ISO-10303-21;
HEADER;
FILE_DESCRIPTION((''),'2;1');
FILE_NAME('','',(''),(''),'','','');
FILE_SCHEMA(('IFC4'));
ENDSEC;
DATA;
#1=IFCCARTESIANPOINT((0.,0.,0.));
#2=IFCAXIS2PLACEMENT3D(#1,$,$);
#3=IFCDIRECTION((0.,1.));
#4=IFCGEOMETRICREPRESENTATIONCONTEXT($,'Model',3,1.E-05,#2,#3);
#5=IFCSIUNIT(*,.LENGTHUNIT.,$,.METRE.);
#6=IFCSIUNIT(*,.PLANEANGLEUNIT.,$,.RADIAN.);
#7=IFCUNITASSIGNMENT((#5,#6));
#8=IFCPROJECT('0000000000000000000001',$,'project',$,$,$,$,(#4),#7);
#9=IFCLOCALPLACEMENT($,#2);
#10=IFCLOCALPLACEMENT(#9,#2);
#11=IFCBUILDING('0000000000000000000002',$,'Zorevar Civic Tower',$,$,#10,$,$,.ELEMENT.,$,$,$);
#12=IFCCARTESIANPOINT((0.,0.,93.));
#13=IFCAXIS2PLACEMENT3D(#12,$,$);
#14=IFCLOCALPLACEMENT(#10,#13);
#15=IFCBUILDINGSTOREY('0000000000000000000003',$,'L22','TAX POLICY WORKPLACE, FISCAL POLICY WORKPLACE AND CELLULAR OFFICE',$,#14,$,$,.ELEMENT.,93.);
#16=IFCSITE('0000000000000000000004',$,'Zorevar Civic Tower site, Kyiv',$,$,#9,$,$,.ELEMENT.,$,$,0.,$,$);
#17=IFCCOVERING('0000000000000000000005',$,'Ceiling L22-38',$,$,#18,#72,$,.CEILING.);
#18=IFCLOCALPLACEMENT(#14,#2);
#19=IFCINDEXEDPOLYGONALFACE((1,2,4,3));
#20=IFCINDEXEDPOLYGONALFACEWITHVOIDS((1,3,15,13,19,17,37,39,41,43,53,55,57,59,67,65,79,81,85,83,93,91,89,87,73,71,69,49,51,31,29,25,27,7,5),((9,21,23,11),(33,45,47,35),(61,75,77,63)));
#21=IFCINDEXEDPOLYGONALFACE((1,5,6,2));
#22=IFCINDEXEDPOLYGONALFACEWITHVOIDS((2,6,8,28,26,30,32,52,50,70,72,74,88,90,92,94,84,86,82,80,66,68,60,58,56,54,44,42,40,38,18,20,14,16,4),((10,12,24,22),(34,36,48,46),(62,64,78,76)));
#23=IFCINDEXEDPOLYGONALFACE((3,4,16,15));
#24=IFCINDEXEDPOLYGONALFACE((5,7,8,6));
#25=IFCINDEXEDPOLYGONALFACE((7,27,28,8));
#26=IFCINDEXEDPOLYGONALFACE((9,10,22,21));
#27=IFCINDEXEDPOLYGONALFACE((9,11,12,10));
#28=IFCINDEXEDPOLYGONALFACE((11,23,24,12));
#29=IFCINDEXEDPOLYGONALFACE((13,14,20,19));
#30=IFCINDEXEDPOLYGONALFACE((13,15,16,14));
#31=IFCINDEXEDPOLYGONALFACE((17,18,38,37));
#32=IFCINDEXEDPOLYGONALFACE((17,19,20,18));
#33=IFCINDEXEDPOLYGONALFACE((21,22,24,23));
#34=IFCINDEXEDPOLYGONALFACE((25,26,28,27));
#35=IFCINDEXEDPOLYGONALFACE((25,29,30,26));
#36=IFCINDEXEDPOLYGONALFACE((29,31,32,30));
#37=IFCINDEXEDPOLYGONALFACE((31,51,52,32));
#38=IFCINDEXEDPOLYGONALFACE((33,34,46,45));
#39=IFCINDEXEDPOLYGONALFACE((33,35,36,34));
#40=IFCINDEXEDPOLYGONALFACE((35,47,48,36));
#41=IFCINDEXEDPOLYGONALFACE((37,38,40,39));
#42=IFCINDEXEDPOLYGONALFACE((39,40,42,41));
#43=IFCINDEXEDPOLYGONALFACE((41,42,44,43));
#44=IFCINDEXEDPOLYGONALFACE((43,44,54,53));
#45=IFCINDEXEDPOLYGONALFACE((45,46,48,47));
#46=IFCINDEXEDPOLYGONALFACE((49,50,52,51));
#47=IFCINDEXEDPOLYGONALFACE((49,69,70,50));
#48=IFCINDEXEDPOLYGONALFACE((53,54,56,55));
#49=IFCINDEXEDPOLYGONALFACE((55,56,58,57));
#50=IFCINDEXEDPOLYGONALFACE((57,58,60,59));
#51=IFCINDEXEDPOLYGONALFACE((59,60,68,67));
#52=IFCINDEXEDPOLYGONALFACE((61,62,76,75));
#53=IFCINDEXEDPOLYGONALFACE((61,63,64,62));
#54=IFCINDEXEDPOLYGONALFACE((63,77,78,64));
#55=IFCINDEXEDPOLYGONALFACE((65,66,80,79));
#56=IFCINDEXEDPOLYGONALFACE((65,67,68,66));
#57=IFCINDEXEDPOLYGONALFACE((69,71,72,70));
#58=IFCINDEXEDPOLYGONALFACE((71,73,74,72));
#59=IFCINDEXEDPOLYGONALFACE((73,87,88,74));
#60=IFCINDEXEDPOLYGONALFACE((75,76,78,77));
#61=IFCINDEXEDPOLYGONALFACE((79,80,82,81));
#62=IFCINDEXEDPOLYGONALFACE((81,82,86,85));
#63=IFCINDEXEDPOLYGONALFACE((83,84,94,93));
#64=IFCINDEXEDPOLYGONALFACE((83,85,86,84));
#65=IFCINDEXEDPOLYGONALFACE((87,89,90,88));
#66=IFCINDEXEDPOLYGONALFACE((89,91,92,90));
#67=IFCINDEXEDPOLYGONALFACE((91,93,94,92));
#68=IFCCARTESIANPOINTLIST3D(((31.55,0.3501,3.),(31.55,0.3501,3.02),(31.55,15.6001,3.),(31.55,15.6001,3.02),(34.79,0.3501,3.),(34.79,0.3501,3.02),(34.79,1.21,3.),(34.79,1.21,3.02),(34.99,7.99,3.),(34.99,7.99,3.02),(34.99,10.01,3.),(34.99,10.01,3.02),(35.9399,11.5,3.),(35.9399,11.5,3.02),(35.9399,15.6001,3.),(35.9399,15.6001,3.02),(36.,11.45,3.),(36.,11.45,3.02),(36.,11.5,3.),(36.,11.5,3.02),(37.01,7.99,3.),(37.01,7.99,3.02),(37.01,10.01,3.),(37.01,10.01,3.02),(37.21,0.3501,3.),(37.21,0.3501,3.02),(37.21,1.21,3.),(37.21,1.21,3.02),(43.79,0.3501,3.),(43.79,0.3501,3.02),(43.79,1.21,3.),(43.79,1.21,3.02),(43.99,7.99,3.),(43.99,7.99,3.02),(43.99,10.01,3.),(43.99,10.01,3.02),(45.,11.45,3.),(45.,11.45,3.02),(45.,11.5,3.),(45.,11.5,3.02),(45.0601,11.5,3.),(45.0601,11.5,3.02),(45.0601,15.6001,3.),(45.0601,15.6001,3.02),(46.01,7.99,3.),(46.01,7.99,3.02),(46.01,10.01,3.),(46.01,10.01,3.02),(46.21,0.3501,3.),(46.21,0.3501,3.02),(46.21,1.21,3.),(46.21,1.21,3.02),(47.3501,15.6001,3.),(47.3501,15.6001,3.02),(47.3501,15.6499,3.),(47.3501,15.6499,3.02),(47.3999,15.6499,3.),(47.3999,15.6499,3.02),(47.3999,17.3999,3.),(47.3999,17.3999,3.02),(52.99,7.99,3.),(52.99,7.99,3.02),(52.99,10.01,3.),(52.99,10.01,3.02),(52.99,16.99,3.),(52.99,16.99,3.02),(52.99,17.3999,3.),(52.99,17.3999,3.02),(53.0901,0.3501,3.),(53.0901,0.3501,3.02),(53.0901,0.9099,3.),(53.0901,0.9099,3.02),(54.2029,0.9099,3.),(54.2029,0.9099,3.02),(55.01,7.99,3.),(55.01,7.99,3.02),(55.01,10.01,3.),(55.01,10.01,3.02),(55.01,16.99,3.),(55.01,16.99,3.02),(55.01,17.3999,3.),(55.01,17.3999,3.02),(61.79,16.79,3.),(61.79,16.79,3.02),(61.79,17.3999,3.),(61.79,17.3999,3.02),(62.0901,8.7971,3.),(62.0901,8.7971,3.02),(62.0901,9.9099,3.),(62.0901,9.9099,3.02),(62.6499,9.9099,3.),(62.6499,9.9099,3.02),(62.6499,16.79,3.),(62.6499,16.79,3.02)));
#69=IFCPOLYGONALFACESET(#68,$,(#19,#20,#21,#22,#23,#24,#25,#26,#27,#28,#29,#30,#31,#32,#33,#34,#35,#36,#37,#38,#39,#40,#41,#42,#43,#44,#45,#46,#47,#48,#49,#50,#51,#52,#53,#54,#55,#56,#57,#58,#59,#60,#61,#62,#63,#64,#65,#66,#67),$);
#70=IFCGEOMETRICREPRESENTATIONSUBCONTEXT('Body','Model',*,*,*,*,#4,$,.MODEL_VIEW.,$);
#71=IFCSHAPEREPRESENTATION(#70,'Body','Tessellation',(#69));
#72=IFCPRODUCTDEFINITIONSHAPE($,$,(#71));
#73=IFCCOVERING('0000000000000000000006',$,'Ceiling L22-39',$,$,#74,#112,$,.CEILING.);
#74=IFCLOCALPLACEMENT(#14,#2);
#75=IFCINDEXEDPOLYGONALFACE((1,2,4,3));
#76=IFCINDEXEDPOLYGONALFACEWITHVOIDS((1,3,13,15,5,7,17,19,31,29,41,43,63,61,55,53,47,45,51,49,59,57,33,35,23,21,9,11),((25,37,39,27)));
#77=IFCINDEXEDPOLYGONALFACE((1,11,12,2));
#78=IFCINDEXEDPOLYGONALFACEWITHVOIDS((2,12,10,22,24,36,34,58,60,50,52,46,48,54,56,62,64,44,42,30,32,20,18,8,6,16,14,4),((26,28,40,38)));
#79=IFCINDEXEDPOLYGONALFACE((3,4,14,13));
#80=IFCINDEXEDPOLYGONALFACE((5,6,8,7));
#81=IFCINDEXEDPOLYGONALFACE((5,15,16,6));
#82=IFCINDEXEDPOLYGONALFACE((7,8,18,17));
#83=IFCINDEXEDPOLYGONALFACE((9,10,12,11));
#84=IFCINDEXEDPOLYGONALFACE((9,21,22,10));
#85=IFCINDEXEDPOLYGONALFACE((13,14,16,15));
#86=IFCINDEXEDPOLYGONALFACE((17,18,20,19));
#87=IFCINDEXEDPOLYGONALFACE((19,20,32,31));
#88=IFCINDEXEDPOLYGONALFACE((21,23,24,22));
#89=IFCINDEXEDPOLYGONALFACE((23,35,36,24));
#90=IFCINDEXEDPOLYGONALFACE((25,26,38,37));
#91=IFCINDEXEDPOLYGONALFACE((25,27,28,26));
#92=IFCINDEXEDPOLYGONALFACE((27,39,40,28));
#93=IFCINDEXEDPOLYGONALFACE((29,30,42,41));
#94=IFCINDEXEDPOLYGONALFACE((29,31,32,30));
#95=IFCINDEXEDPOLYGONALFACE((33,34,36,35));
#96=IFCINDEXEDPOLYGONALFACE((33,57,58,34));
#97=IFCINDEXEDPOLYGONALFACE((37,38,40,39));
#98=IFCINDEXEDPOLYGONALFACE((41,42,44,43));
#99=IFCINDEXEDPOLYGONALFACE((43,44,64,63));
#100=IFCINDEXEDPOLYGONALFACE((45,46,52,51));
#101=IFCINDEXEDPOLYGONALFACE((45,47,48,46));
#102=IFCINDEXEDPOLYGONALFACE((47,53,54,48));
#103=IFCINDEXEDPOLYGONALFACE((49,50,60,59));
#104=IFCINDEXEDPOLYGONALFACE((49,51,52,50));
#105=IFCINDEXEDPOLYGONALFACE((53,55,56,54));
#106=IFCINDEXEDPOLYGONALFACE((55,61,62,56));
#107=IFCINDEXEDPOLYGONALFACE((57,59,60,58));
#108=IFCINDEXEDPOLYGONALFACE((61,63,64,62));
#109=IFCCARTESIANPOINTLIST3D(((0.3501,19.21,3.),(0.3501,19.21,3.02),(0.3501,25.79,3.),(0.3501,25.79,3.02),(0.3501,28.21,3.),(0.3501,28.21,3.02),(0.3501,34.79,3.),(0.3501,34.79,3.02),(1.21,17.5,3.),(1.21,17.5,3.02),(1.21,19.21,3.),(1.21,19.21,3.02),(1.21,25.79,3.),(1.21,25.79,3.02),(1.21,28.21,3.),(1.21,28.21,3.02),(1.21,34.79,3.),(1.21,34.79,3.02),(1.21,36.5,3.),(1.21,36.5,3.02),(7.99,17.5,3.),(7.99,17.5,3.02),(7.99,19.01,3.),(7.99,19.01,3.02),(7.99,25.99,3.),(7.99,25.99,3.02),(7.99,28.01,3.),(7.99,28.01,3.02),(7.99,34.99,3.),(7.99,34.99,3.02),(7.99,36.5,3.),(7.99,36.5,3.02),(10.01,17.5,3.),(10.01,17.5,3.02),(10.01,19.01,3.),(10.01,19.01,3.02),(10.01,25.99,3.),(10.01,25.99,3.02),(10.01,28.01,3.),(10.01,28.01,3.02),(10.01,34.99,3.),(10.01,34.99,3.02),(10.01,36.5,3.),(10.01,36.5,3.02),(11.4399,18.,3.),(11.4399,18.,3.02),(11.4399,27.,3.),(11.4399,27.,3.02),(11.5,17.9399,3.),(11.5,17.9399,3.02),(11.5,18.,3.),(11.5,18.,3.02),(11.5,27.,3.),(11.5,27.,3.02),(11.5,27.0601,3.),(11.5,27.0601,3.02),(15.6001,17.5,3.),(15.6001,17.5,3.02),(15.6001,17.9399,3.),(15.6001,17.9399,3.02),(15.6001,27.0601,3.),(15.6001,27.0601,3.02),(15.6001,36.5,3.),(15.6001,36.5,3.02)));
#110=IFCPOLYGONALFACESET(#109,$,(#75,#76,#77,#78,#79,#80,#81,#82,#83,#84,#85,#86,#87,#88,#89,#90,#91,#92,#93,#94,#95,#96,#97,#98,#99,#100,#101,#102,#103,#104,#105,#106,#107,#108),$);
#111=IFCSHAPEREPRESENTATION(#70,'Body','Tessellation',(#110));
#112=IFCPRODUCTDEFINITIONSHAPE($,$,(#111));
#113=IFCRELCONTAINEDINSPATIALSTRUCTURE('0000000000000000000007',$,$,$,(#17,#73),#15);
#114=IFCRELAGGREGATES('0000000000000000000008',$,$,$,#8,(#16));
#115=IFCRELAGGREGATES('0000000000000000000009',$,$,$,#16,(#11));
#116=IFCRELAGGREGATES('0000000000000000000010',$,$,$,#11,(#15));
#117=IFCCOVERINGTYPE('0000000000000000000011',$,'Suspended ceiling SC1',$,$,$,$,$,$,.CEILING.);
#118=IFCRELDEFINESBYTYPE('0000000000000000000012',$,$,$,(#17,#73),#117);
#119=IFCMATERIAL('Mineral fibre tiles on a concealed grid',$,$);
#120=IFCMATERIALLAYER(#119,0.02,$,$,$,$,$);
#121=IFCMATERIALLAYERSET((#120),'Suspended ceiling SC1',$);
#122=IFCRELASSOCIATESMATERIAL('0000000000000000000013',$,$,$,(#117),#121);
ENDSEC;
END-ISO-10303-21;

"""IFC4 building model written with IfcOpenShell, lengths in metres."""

from ifc_helpers import new_model, si_unit, direction, frame, origin, place, context, subcontext, project, spatial, polyline, outline, extrude, material, layer, layer_set, type_object, element, save


model = new_model("IFC4")

# Units and contexts
model_context = context("Model", 3, precision=1e-05, world=origin(), true_north=direction((0.0, 1.0)))
body_context = subcontext(model_context, "Body", "Model", "MODEL_VIEW")
ifc_project = project(units=[si_unit("LENGTHUNIT", "METRE"), si_unit("PLANEANGLEUNIT", "RADIAN")], contexts=[model_context])

# Site, building, storey
site_placement = place(None, origin())
site = spatial("IfcSite", under=ifc_project, at=site_placement, Name="Zorevar Civic Tower site, Kyiv", CompositionType="ELEMENT", RefElevation=0.0)
building_placement = place(site_placement, origin())
building = spatial("IfcBuilding", under=site, at=building_placement, Name="Zorevar Civic Tower", CompositionType="ELEMENT")
storey_placement = place(building_placement, frame((0.0, 0.0, 93.0)))
storey = spatial("IfcBuildingStorey", under=building, at=storey_placement, Name="L22", Description="TAX POLICY WORKPLACE, FISCAL POLICY WORKPLACE AND CELLULAR OFFICE", CompositionType="ELEMENT", Elevation=93.0)

# Coverings
ifc_material_1 = material(Name="Mineral fibre tiles on a concealed grid")
ifc_layer_1 = layer(ifc_material_1, 0.02)
ifc_layer_set_1 = layer_set([ifc_layer_1], Name="Suspended ceiling SC1")
covering_type_1 = type_object("IfcCoveringType", Name="Suspended ceiling SC1", PredefinedType="CEILING", material=ifc_layer_set_1)
covering_1_placement = place(storey_placement, frame((0.0, 0.0, 3.0)))
element("IfcCovering", 1, at=covering_1_placement, inside=storey, type_object=covering_type_1, Name="Ceiling L22-38", PredefinedType="CEILING", context=body_context, shape_type="SweptSolid", body=[
    extrude(outline(polyline([(62.0901, 9.9099), (62.0901, 8.7971), (54.2029, 0.9099), (53.0901, 0.9099), (53.0901, 0.3501), (46.21, 0.3501), (46.21, 1.21), (43.79, 1.21), (43.79, 0.3501), (37.21, 0.3501), (37.21, 1.21), (34.79, 1.21), (34.79, 0.3501), (31.55, 0.3501), (31.55, 15.6001), (35.9399, 15.6001), (35.9399, 11.5), (36.0, 11.5), (36.0, 11.45), (45.0, 11.45), (45.0, 11.5), (45.0601, 11.5), (45.0601, 15.6001), (47.3501, 15.6001), (47.3501, 15.6499), (47.3999, 15.6499), (47.3999, 17.3999), (52.99, 17.3999), (52.99, 16.99), (55.01, 16.99), (55.01, 17.3999), (61.79, 17.3999), (61.79, 16.79), (62.6499, 16.79), (62.6499, 9.9099), (62.0901, 9.9099)]), holes=[polyline([(37.01, 10.01), (34.99, 10.01), (34.99, 7.99), (37.01, 7.99), (37.01, 10.01)]), polyline([(43.99, 7.99), (46.01, 7.99), (46.01, 10.01), (43.99, 10.01), (43.99, 7.99)]), polyline([(55.01, 10.01), (52.99, 10.01), (52.99, 7.99), (55.01, 7.99), (55.01, 10.01)])]), origin(), (0.0, 0.0, 1.0), 0.02),
])
covering_2_placement = place(storey_placement, frame((0.0, 0.0, 3.0)))
element("IfcCovering", 2, at=covering_2_placement, inside=storey, type_object=covering_type_1, Name="Ceiling L22-39", PredefinedType="CEILING", context=body_context, shape_type="SweptSolid", body=[
    extrude(outline(polyline([(10.01, 17.5), (10.01, 19.01), (7.99, 19.01), (7.99, 17.5), (1.21, 17.5), (1.21, 19.21), (0.3501, 19.21), (0.3501, 25.79), (1.21, 25.79), (1.21, 28.21), (0.3501, 28.21), (0.3501, 34.79), (1.21, 34.79), (1.21, 36.5), (7.99, 36.5), (7.99, 34.99), (10.01, 34.99), (10.01, 36.5), (15.6001, 36.5), (15.6001, 27.0601), (11.5, 27.0601), (11.5, 27.0), (11.4399, 27.0), (11.4399, 18.0), (11.5, 18.0), (11.5, 17.9399), (15.6001, 17.9399), (15.6001, 17.5), (10.01, 17.5)]), holes=[polyline([(7.99, 28.01), (7.99, 25.99), (10.01, 25.99), (10.01, 28.01), (7.99, 28.01)])]), origin(), (0.0, 0.0, 1.0), 0.02),
])

save(model, "model.ifc")
